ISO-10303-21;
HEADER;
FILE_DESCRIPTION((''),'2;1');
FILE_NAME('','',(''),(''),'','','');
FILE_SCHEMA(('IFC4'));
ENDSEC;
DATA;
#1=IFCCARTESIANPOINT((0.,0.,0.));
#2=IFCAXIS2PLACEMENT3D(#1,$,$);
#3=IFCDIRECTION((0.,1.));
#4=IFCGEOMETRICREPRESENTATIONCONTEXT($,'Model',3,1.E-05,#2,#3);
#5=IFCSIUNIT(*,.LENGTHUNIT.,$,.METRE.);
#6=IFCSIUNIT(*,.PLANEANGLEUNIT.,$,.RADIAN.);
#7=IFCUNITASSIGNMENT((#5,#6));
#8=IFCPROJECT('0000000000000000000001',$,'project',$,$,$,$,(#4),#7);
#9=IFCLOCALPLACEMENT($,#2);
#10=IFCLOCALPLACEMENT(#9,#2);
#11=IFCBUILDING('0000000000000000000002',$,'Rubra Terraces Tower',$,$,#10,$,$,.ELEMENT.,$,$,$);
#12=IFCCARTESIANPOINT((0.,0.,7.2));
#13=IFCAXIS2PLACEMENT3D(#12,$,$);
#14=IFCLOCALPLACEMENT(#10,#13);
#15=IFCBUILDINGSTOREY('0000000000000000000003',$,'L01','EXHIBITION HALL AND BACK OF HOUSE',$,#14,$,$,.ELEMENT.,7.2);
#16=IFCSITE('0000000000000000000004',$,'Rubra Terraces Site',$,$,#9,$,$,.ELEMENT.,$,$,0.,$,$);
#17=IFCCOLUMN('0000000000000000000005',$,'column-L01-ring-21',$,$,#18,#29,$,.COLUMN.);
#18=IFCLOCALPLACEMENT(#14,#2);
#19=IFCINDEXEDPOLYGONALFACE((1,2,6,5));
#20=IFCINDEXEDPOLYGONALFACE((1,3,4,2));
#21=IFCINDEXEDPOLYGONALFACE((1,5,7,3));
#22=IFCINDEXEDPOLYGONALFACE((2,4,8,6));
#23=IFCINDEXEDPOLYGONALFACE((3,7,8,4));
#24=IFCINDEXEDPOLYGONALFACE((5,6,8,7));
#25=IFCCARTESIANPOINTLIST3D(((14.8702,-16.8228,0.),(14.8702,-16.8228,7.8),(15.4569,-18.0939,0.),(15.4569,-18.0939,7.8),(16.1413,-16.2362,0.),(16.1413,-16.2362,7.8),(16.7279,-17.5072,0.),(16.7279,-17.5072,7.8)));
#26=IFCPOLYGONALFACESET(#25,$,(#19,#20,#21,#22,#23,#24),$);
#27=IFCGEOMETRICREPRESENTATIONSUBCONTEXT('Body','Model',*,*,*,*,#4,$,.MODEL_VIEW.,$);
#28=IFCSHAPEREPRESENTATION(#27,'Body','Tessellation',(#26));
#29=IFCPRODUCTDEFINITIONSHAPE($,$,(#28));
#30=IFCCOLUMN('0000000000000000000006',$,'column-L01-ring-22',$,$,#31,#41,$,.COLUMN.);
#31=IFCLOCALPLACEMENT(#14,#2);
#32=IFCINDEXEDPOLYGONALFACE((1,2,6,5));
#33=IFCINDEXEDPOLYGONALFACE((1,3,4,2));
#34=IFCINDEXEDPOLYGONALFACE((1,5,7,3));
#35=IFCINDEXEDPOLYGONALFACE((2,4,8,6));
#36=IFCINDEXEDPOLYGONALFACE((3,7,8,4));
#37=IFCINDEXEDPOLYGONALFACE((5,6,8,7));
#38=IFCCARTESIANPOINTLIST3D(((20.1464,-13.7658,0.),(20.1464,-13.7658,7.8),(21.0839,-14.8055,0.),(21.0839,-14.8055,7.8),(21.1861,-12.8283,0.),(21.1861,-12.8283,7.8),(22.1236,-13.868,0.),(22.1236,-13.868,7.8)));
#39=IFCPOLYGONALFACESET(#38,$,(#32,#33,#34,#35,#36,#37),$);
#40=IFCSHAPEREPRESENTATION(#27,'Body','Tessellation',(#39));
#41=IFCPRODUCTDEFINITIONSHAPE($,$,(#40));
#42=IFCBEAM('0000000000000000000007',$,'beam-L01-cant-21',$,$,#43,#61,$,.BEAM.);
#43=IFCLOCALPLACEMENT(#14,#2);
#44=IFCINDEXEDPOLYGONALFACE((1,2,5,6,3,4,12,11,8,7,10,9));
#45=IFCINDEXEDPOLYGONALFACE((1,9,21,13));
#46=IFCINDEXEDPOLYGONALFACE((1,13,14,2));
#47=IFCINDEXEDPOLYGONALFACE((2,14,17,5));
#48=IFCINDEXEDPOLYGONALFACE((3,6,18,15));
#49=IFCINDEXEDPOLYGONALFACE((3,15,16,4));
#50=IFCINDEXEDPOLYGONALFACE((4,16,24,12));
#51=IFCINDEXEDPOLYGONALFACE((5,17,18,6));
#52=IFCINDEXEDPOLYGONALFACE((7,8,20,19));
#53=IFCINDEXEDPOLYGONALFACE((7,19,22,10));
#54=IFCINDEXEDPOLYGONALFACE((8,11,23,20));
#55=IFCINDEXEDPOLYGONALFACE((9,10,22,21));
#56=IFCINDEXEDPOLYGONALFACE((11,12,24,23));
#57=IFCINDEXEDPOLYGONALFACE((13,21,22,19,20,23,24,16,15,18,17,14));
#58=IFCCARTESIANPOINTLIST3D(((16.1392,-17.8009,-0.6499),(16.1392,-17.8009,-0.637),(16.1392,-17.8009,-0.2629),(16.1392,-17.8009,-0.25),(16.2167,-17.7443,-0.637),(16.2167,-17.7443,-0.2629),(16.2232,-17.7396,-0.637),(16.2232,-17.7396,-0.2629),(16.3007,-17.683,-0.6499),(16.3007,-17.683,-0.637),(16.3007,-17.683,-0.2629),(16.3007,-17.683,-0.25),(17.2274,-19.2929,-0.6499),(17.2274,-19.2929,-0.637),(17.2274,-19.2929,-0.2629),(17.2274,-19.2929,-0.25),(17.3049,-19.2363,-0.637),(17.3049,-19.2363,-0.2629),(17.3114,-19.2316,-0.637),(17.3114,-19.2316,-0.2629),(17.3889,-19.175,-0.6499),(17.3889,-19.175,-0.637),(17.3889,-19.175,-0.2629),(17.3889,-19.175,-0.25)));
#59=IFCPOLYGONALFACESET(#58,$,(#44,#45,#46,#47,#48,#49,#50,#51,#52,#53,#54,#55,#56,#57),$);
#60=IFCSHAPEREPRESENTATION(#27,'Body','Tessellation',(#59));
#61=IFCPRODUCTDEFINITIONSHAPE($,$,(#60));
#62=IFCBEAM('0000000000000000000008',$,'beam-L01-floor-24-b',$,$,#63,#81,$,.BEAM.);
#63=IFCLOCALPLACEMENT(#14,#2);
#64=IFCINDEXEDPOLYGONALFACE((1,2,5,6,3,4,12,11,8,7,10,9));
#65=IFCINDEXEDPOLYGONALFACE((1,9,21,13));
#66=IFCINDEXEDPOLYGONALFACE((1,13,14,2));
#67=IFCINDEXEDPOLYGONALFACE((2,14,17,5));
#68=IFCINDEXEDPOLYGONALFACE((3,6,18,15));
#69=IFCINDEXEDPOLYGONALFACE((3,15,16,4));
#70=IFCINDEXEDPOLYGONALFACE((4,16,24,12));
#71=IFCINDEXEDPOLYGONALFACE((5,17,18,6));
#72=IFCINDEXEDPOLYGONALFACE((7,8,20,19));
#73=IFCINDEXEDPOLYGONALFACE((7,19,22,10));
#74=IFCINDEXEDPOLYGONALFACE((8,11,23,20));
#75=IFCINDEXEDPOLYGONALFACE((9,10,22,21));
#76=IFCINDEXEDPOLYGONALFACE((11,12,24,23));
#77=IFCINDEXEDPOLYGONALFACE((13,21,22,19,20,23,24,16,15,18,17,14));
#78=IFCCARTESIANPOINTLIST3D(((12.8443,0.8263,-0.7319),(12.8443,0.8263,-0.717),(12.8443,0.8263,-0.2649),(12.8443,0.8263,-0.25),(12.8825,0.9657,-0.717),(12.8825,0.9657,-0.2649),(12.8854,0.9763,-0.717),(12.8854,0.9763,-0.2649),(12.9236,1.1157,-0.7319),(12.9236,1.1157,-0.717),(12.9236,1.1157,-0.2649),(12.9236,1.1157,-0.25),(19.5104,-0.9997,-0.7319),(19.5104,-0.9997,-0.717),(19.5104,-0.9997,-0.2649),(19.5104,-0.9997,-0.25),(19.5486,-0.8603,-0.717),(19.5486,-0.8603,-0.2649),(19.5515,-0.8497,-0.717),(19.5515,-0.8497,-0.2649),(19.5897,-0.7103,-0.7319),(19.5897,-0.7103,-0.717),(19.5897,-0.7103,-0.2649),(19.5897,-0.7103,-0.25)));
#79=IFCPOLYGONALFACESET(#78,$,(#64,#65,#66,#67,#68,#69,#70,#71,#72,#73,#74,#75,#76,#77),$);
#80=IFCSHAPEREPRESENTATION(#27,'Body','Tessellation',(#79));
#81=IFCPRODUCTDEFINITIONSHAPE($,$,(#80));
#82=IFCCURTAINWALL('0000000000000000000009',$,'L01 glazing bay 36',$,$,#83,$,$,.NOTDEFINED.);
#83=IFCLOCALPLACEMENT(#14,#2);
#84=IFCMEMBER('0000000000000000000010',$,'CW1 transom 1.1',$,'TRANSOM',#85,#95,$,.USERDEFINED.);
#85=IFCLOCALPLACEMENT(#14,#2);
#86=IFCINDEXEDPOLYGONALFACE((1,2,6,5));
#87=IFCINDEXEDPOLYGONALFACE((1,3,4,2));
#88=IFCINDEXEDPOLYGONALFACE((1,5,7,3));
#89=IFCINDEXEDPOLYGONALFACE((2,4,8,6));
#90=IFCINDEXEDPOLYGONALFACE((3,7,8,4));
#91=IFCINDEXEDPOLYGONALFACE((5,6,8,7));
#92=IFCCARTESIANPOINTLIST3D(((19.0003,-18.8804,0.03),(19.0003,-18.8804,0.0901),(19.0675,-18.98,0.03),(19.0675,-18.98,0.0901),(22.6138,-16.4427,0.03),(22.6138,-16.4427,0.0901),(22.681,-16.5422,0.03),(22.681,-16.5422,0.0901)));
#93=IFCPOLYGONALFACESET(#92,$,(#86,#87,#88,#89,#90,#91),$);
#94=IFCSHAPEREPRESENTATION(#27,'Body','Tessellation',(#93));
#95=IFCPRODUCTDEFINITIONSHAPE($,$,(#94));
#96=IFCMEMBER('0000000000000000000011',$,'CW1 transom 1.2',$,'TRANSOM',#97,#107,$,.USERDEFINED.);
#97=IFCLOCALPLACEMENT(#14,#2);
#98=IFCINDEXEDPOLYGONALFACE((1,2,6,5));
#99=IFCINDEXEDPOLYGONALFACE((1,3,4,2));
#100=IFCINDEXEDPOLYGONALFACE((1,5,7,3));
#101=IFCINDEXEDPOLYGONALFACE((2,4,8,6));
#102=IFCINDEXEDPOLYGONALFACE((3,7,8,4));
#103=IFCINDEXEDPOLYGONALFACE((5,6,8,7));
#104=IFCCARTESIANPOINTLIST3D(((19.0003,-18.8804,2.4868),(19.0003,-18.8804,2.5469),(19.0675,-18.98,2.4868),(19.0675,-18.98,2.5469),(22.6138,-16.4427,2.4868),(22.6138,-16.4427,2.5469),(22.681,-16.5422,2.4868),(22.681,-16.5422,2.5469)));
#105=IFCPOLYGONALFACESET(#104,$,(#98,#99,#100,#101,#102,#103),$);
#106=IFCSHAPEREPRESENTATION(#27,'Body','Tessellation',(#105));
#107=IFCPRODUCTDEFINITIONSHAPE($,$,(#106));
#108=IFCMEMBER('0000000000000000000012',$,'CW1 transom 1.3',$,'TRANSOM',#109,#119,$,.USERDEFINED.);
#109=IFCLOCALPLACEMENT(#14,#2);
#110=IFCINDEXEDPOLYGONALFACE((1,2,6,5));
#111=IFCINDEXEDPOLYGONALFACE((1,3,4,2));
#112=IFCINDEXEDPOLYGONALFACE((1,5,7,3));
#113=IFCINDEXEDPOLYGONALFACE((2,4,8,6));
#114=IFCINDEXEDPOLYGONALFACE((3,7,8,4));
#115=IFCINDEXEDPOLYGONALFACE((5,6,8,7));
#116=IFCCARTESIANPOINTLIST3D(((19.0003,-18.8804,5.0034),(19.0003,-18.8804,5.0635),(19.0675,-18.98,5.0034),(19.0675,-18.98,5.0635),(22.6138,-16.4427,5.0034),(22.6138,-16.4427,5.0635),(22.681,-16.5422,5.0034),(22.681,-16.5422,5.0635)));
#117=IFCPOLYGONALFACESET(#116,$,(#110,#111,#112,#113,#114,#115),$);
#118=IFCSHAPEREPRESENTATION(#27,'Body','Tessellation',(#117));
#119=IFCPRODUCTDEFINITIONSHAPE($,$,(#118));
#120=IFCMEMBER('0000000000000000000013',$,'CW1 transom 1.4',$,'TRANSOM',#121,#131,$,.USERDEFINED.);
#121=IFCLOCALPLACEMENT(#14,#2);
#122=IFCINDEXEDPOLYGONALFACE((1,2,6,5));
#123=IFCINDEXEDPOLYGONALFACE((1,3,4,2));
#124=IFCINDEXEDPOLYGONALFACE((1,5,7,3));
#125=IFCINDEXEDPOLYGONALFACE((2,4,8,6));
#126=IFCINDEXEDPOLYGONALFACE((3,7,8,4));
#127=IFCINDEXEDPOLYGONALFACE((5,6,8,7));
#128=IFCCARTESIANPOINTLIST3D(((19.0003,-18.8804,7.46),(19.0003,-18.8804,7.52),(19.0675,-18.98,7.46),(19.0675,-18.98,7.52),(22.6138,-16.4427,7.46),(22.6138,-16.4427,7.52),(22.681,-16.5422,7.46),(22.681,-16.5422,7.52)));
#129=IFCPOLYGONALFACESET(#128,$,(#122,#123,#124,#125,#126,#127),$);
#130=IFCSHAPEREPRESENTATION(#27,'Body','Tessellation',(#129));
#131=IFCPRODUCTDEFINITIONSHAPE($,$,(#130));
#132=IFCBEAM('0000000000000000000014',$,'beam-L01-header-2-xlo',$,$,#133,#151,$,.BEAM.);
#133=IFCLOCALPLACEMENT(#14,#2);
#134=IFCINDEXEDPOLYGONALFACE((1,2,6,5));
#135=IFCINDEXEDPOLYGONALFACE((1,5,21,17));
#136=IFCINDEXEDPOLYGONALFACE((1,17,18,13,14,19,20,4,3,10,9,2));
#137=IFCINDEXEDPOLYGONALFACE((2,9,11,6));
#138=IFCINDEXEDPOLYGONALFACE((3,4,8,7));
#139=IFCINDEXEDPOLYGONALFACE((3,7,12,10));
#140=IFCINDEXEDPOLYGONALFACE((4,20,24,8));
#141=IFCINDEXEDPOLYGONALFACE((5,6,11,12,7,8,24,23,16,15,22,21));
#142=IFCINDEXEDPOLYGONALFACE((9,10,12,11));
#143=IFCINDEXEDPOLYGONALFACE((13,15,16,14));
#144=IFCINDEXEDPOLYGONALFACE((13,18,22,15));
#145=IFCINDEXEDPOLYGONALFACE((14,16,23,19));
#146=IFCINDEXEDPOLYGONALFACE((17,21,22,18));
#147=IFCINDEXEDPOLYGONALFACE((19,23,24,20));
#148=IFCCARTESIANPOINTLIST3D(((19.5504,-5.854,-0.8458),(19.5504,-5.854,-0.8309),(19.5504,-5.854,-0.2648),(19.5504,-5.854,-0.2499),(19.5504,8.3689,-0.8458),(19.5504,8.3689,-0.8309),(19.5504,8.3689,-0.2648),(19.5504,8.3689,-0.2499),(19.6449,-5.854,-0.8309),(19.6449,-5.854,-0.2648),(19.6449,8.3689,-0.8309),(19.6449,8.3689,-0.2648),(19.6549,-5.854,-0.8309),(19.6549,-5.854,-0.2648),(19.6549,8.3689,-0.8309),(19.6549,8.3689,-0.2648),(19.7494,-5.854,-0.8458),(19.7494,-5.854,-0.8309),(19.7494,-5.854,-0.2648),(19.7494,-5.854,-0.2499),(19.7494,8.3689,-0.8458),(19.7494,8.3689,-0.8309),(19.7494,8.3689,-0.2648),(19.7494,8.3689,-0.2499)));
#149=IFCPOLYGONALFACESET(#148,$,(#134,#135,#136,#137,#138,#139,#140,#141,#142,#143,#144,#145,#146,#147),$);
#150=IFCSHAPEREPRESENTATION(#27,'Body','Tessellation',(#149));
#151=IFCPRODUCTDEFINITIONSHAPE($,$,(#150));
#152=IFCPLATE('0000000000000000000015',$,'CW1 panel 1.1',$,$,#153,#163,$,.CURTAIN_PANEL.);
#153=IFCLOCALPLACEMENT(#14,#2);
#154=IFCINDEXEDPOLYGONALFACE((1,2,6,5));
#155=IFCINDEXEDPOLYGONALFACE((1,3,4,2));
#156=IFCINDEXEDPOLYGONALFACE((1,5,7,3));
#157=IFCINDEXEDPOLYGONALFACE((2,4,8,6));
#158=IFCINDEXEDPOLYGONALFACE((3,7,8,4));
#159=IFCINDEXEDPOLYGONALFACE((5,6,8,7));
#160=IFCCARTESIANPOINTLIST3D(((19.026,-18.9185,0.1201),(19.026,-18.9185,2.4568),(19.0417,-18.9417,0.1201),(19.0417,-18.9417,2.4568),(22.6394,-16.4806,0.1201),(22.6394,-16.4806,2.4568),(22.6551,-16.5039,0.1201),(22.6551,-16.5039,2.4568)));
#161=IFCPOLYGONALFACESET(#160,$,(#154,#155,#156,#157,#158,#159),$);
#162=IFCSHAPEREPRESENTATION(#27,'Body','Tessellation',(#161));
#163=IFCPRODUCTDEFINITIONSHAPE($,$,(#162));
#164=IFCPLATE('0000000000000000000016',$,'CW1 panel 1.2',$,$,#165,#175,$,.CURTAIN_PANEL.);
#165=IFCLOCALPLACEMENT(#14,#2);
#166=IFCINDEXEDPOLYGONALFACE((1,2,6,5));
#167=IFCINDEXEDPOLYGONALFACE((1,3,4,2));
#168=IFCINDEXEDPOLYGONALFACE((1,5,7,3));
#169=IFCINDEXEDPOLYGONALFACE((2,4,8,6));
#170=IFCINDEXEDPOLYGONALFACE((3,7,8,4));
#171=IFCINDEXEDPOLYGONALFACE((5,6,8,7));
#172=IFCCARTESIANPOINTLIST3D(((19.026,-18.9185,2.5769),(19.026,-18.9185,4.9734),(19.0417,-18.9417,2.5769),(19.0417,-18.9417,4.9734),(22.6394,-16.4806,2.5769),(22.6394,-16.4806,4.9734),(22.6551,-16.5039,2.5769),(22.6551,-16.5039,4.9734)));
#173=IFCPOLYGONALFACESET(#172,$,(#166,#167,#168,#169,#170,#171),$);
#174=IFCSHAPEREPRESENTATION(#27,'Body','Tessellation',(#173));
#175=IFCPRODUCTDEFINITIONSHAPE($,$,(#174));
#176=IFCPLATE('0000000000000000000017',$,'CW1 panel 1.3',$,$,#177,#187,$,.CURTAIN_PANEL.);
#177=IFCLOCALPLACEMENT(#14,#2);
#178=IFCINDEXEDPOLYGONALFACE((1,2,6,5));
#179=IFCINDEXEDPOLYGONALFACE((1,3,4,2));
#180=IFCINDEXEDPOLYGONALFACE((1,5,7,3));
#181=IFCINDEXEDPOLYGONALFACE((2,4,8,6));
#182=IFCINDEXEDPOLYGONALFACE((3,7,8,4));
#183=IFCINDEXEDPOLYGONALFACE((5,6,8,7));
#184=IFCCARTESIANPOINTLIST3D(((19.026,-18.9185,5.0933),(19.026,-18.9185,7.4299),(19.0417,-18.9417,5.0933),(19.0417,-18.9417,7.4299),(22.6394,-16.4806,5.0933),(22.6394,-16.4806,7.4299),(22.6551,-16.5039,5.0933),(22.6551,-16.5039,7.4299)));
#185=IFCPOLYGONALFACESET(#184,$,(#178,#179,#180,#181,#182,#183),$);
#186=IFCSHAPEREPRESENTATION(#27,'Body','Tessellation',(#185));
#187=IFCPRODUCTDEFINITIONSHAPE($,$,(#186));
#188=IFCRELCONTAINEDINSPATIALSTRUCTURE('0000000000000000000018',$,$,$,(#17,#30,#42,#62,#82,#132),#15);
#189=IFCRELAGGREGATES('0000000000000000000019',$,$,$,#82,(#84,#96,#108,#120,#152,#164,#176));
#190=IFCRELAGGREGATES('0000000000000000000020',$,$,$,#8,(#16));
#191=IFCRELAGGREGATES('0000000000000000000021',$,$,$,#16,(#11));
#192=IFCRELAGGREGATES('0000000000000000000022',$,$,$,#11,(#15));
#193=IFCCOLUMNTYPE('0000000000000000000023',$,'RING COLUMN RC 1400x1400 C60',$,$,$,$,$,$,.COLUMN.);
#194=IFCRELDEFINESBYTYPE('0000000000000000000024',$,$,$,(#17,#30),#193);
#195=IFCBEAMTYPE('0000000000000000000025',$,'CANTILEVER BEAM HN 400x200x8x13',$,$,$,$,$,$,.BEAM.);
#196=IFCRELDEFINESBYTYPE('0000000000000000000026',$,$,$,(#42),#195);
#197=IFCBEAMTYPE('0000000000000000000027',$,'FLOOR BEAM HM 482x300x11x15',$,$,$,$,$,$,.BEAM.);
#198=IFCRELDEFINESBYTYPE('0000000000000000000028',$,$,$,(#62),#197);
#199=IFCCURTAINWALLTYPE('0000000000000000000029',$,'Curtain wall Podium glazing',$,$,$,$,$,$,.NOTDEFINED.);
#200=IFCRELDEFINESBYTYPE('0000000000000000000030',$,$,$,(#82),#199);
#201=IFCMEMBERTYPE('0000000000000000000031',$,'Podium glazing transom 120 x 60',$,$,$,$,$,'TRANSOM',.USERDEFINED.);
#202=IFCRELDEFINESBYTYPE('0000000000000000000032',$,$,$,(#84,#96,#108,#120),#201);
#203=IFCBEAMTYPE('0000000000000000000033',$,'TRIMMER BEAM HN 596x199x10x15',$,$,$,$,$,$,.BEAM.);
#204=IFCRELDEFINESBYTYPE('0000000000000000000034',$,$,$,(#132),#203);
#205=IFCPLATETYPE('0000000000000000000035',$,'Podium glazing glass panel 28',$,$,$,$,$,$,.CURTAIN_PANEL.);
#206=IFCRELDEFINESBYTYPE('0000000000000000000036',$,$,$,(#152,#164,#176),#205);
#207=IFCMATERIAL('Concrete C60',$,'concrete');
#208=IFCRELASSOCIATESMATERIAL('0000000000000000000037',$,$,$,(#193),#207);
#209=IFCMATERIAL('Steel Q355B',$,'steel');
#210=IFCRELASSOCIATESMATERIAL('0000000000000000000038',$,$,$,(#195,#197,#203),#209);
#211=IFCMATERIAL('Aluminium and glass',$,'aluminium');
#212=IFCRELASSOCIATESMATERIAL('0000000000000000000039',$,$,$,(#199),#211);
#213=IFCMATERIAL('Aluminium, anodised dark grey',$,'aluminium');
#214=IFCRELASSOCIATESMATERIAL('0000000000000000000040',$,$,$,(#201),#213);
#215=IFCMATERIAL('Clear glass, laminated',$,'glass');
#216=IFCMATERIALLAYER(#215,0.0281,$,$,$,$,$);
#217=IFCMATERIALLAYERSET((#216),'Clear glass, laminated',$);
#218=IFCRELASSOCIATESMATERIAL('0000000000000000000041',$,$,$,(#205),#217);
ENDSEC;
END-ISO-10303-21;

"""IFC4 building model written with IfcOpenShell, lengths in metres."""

from ifc_helpers import new_model, si_unit, direction, frame, origin, origin_2d, place, context, subcontext, project, spatial, rectangle, i_section, extrude, material, layer, layer_set, material_profile, profile_set, type_object, element, aggregate, save


model = new_model("IFC4")

# Units and contexts
model_context = context("Model", 3, precision=1e-05, world=origin(), true_north=direction((0.0, 1.0)))
body_context = subcontext(model_context, "Body", "Model", "MODEL_VIEW")
ifc_project = project(units=[si_unit("LENGTHUNIT", "METRE"), si_unit("PLANEANGLEUNIT", "RADIAN")], contexts=[model_context])

# Site, building, storey
site_placement = place(None, origin())
site = spatial("IfcSite", under=ifc_project, at=site_placement, Name="Rubra Terraces Site", CompositionType="ELEMENT", RefElevation=0.0)
building_placement = place(site_placement, origin())
building = spatial("IfcBuilding", under=site, at=building_placement, Name="Rubra Terraces Tower", CompositionType="ELEMENT")
storey_placement = place(building_placement, frame((0.0, 0.0, 7.2)))
storey = spatial("IfcBuildingStorey", under=building, at=storey_placement, Name="L01", Description="EXHIBITION HALL AND BACK OF HOUSE", CompositionType="ELEMENT", Elevation=7.2)

# Columns
ifc_material_1 = material(Name="Concrete C60", Category="concrete")
ifc_material_profile_1 = material_profile(ifc_material_1, rectangle(XDim=1.3999, YDim=1.3999, at=origin_2d()), Name="RC 1400x1400")
ifc_profile_set_1 = profile_set([ifc_material_profile_1], Name="Concrete C60")
column_type = type_object("IfcColumnType", Name="RING COLUMN RC 1400x1400 C60", PredefinedType="COLUMN", material=ifc_profile_set_1)
for number, where, z_axis, x_axis, name in (
    (1, (15.7991, -17.165, 0.0), (0.0, 0.0, 1.0), (0.907952, 0.419073, 0.0), "column-L01-ring-21"),
    (2, (21.135, -13.8169, 0.0), (0.0, 0.0, 1.0), (0.742676, 0.669651, 0.0), "column-L01-ring-22"),
):
    element("IfcColumn", number, at=place(storey_placement, frame(where, z_axis=z_axis, x_axis=x_axis)), inside=storey, type_object=column_type, Name=name, PredefinedType="COLUMN", context=body_context, shape_type="SweptSolid", body=[
        extrude(rectangle(XDim=1.3999, YDim=1.3999, at=origin_2d()), origin(), (0.0, 0.0, 1.0), 7.8),
    ])

# Beams
ifc_material_2 = material(Name="Steel Q355B", Category="steel")
ifc_material_profile_2 = material_profile(ifc_material_2, i_section(OverallWidth=0.2, OverallDepth=0.3999, WebThickness=0.0081, FlangeThickness=0.0129, at=origin_2d()), Name="HN 400x200x8x13")
ifc_profile_set_2 = profile_set([ifc_material_profile_2], Name="Steel Q355B")
beam_type_1 = type_object("IfcBeamType", Name="CANTILEVER BEAM HN 400x200x8x13", PredefinedType="BEAM", material=ifc_profile_set_2)
beam_1_placement = place(storey_placement, frame((16.22, -17.7419, -0.45), z_axis=(0.589264, -0.807941, 0.0), x_axis=(0.807941, 0.589264, 0.0)))
element("IfcBeam", 3, at=beam_1_placement, inside=storey, type_object=beam_type_1, Name="beam-L01-cant-21", PredefinedType="BEAM", context=body_context, shape_type="SweptSolid", body=[
    extrude(i_section(OverallWidth=0.2, OverallDepth=0.3999, WebThickness=0.0081, FlangeThickness=0.0129, at=origin_2d()), origin(), (0.0, 0.0, 1.0), 1.8467),
])
ifc_material_profile_3 = material_profile(ifc_material_2, i_section(OverallWidth=0.3, OverallDepth=0.4819, WebThickness=0.011, FlangeThickness=0.0149, at=origin_2d()), Name="HM 482x300x11x15")
ifc_profile_set_3 = profile_set([ifc_material_profile_3], Name="Steel Q355B")
beam_type_2 = type_object("IfcBeamType", Name="FLOOR BEAM HM 482x300x11x15", PredefinedType="BEAM", material=ifc_profile_set_3)
beam_2_placement = place(storey_placement, frame((19.55, -0.855, -0.491), z_axis=(-0.964472, 0.264184, 0.0), x_axis=(-0.264184, -0.964472, 0.0)))
element("IfcBeam", 4, at=beam_2_placement, inside=storey, type_object=beam_type_2, Name="beam-L01-floor-24-b", PredefinedType="BEAM", context=body_context, shape_type="SweptSolid", body=[
    extrude(i_section(OverallWidth=0.3, OverallDepth=0.4819, WebThickness=0.011, FlangeThickness=0.0149, at=origin_2d()), origin(), (0.0, 0.0, 1.0), 6.9116),
])

# Curtain wall, members
ifc_material_3 = material(Name="Aluminium and glass", Category="aluminium")
curtain_wall_type = type_object("IfcCurtainWallType", Name="Curtain wall Podium glazing", PredefinedType="NOTDEFINED", material=ifc_material_3)
curtain_wall_placement = place(storey_placement, origin())
curtain_wall = element("IfcCurtainWall", 5, at=curtain_wall_placement, inside=storey, type_object=curtain_wall_type, Name="L01 glazing bay 36", PredefinedType="NOTDEFINED")
ifc_material_4 = material(Name="Aluminium, anodised dark grey", Category="aluminium")
ifc_material_profile_4 = material_profile(ifc_material_4, rectangle(XDim=0.1201, YDim=0.0601, at=origin_2d()), Name="AL 120x60")
ifc_profile_set_4 = profile_set([ifc_material_profile_4], Name="Aluminium, anodised dark grey")
member_type = type_object("IfcMemberType", Name="Podium glazing transom 120 x 60", ElementType="TRANSOM", PredefinedType="USERDEFINED", material=ifc_profile_set_4)
member_1_placement = place(storey_placement, frame((19.0339, -18.9302, 0.0601), z_axis=(0.828996, 0.559254, 0.0), x_axis=(-0.559254, 0.828996, 0.0)))
member_1 = element("IfcMember", 6, at=member_1_placement, type_object=member_type, Name="CW1 transom 1.1", ObjectType="TRANSOM", PredefinedType="USERDEFINED", context=body_context, shape_type="SweptSolid", body=[
    extrude(rectangle(XDim=0.1201, YDim=0.0601, at=origin_2d()), origin(), (0.0, 0.0, 1.0), 4.3589),
])
member_2_placement = place(storey_placement, frame((19.0339, -18.9302, 2.5168), z_axis=(0.828996, 0.559254, 0.0), x_axis=(-0.559254, 0.828996, 0.0)))
member_2 = element("IfcMember", 7, at=member_2_placement, type_object=member_type, Name="CW1 transom 1.2", ObjectType="TRANSOM", PredefinedType="USERDEFINED", context=body_context, shape_type="SweptSolid", body=[
    extrude(rectangle(XDim=0.1201, YDim=0.0601, at=origin_2d()), origin(), (0.0, 0.0, 1.0), 4.3589),
])
member_3_placement = place(storey_placement, frame((19.0339, -18.9302, 5.0334), z_axis=(0.828996, 0.559254, 0.0), x_axis=(-0.559254, 0.828996, 0.0)))
member_3 = element("IfcMember", 8, at=member_3_placement, type_object=member_type, Name="CW1 transom 1.3", ObjectType="TRANSOM", PredefinedType="USERDEFINED", context=body_context, shape_type="SweptSolid", body=[
    extrude(rectangle(XDim=0.1201, YDim=0.0601, at=origin_2d()), origin(), (0.0, 0.0, 1.0), 4.3589),
])
member_4_placement = place(storey_placement, frame((19.0339, -18.9302, 7.49), z_axis=(0.828996, 0.559254, 0.0), x_axis=(-0.559254, 0.828996, 0.0)))
member_4 = element("IfcMember", 9, at=member_4_placement, type_object=member_type, Name="CW1 transom 1.4", ObjectType="TRANSOM", PredefinedType="USERDEFINED", context=body_context, shape_type="SweptSolid", body=[
    extrude(rectangle(XDim=0.1201, YDim=0.0601, at=origin_2d()), origin(), (0.0, 0.0, 1.0), 4.3589),
])

# Beam
ifc_material_profile_5 = material_profile(ifc_material_2, i_section(OverallWidth=0.199, OverallDepth=0.5959, WebThickness=0.01, FlangeThickness=0.0149, at=origin_2d()), Name="HN 596x199x10x15")
ifc_profile_set_5 = profile_set([ifc_material_profile_5], Name="Steel Q355B")
beam_type_3 = type_object("IfcBeamType", Name="TRIMMER BEAM HN 596x199x10x15", PredefinedType="BEAM", material=ifc_profile_set_5)
beam_3_placement = place(storey_placement, frame((19.6499, -5.854, -0.5479), z_axis=(0.0, 1.0, 0.0), x_axis=(-1.0, 0.0, 0.0)))
element("IfcBeam", 10, at=beam_3_placement, inside=storey, type_object=beam_type_3, Name="beam-L01-header-2-xlo", PredefinedType="BEAM", context=body_context, shape_type="SweptSolid", body=[
    extrude(i_section(OverallWidth=0.199, OverallDepth=0.5959, WebThickness=0.01, FlangeThickness=0.0149, at=origin_2d()), origin(), (0.0, 0.0, 1.0), 14.2229),
])

# Plates
ifc_material_5 = material(Name="Clear glass, laminated", Category="glass")
ifc_layer_1 = layer(ifc_material_5, 0.0281)
ifc_layer_set_1 = layer_set([ifc_layer_1], Name="Clear glass, laminated")
plate_type = type_object("IfcPlateType", Name="Podium glazing glass panel 28", PredefinedType="CURTAIN_PANEL", material=ifc_layer_set_1)
plate_1_placement = place(storey_placement, frame((20.8406, -17.7112, 0.1201), z_axis=(0.0, 0.0, 1.0), x_axis=(0.828981, 0.559277, 0.0)))
plate_1 = element("IfcPlate", 11, at=plate_1_placement, type_object=plate_type, Name="CW1 panel 1.1", PredefinedType="CURTAIN_PANEL", context=body_context, shape_type="SweptSolid", body=[
    extrude(rectangle(XDim=4.3589, YDim=0.0281, at=origin_2d()), origin(), (0.0, 0.0, 1.0), 2.3367),
])
plate_2_placement = place(storey_placement, frame((20.8406, -17.7112, 2.5769), z_axis=(0.0, 0.0, 1.0), x_axis=(0.828981, 0.559277, 0.0)))
plate_2 = element("IfcPlate", 12, at=plate_2_placement, type_object=plate_type, Name="CW1 panel 1.2", PredefinedType="CURTAIN_PANEL", context=body_context, shape_type="SweptSolid", body=[
    extrude(rectangle(XDim=4.3589, YDim=0.0281, at=origin_2d()), origin(), (0.0, 0.0, 1.0), 2.3965),
])
plate_3_placement = place(storey_placement, frame((20.8406, -17.7112, 5.0933), z_axis=(0.0, 0.0, 1.0), x_axis=(0.828981, 0.559277, 0.0)))
plate_3 = element("IfcPlate", 13, at=plate_3_placement, type_object=plate_type, Name="CW1 panel 1.3", PredefinedType="CURTAIN_PANEL", context=body_context, shape_type="SweptSolid", body=[
    extrude(rectangle(XDim=4.3589, YDim=0.0281, at=origin_2d()), origin(), (0.0, 0.0, 1.0), 2.3367),
])
aggregate(curtain_wall, [member_1, member_2, member_3, member_4, plate_1, plate_2, plate_3])

save(model, "model.ifc")
